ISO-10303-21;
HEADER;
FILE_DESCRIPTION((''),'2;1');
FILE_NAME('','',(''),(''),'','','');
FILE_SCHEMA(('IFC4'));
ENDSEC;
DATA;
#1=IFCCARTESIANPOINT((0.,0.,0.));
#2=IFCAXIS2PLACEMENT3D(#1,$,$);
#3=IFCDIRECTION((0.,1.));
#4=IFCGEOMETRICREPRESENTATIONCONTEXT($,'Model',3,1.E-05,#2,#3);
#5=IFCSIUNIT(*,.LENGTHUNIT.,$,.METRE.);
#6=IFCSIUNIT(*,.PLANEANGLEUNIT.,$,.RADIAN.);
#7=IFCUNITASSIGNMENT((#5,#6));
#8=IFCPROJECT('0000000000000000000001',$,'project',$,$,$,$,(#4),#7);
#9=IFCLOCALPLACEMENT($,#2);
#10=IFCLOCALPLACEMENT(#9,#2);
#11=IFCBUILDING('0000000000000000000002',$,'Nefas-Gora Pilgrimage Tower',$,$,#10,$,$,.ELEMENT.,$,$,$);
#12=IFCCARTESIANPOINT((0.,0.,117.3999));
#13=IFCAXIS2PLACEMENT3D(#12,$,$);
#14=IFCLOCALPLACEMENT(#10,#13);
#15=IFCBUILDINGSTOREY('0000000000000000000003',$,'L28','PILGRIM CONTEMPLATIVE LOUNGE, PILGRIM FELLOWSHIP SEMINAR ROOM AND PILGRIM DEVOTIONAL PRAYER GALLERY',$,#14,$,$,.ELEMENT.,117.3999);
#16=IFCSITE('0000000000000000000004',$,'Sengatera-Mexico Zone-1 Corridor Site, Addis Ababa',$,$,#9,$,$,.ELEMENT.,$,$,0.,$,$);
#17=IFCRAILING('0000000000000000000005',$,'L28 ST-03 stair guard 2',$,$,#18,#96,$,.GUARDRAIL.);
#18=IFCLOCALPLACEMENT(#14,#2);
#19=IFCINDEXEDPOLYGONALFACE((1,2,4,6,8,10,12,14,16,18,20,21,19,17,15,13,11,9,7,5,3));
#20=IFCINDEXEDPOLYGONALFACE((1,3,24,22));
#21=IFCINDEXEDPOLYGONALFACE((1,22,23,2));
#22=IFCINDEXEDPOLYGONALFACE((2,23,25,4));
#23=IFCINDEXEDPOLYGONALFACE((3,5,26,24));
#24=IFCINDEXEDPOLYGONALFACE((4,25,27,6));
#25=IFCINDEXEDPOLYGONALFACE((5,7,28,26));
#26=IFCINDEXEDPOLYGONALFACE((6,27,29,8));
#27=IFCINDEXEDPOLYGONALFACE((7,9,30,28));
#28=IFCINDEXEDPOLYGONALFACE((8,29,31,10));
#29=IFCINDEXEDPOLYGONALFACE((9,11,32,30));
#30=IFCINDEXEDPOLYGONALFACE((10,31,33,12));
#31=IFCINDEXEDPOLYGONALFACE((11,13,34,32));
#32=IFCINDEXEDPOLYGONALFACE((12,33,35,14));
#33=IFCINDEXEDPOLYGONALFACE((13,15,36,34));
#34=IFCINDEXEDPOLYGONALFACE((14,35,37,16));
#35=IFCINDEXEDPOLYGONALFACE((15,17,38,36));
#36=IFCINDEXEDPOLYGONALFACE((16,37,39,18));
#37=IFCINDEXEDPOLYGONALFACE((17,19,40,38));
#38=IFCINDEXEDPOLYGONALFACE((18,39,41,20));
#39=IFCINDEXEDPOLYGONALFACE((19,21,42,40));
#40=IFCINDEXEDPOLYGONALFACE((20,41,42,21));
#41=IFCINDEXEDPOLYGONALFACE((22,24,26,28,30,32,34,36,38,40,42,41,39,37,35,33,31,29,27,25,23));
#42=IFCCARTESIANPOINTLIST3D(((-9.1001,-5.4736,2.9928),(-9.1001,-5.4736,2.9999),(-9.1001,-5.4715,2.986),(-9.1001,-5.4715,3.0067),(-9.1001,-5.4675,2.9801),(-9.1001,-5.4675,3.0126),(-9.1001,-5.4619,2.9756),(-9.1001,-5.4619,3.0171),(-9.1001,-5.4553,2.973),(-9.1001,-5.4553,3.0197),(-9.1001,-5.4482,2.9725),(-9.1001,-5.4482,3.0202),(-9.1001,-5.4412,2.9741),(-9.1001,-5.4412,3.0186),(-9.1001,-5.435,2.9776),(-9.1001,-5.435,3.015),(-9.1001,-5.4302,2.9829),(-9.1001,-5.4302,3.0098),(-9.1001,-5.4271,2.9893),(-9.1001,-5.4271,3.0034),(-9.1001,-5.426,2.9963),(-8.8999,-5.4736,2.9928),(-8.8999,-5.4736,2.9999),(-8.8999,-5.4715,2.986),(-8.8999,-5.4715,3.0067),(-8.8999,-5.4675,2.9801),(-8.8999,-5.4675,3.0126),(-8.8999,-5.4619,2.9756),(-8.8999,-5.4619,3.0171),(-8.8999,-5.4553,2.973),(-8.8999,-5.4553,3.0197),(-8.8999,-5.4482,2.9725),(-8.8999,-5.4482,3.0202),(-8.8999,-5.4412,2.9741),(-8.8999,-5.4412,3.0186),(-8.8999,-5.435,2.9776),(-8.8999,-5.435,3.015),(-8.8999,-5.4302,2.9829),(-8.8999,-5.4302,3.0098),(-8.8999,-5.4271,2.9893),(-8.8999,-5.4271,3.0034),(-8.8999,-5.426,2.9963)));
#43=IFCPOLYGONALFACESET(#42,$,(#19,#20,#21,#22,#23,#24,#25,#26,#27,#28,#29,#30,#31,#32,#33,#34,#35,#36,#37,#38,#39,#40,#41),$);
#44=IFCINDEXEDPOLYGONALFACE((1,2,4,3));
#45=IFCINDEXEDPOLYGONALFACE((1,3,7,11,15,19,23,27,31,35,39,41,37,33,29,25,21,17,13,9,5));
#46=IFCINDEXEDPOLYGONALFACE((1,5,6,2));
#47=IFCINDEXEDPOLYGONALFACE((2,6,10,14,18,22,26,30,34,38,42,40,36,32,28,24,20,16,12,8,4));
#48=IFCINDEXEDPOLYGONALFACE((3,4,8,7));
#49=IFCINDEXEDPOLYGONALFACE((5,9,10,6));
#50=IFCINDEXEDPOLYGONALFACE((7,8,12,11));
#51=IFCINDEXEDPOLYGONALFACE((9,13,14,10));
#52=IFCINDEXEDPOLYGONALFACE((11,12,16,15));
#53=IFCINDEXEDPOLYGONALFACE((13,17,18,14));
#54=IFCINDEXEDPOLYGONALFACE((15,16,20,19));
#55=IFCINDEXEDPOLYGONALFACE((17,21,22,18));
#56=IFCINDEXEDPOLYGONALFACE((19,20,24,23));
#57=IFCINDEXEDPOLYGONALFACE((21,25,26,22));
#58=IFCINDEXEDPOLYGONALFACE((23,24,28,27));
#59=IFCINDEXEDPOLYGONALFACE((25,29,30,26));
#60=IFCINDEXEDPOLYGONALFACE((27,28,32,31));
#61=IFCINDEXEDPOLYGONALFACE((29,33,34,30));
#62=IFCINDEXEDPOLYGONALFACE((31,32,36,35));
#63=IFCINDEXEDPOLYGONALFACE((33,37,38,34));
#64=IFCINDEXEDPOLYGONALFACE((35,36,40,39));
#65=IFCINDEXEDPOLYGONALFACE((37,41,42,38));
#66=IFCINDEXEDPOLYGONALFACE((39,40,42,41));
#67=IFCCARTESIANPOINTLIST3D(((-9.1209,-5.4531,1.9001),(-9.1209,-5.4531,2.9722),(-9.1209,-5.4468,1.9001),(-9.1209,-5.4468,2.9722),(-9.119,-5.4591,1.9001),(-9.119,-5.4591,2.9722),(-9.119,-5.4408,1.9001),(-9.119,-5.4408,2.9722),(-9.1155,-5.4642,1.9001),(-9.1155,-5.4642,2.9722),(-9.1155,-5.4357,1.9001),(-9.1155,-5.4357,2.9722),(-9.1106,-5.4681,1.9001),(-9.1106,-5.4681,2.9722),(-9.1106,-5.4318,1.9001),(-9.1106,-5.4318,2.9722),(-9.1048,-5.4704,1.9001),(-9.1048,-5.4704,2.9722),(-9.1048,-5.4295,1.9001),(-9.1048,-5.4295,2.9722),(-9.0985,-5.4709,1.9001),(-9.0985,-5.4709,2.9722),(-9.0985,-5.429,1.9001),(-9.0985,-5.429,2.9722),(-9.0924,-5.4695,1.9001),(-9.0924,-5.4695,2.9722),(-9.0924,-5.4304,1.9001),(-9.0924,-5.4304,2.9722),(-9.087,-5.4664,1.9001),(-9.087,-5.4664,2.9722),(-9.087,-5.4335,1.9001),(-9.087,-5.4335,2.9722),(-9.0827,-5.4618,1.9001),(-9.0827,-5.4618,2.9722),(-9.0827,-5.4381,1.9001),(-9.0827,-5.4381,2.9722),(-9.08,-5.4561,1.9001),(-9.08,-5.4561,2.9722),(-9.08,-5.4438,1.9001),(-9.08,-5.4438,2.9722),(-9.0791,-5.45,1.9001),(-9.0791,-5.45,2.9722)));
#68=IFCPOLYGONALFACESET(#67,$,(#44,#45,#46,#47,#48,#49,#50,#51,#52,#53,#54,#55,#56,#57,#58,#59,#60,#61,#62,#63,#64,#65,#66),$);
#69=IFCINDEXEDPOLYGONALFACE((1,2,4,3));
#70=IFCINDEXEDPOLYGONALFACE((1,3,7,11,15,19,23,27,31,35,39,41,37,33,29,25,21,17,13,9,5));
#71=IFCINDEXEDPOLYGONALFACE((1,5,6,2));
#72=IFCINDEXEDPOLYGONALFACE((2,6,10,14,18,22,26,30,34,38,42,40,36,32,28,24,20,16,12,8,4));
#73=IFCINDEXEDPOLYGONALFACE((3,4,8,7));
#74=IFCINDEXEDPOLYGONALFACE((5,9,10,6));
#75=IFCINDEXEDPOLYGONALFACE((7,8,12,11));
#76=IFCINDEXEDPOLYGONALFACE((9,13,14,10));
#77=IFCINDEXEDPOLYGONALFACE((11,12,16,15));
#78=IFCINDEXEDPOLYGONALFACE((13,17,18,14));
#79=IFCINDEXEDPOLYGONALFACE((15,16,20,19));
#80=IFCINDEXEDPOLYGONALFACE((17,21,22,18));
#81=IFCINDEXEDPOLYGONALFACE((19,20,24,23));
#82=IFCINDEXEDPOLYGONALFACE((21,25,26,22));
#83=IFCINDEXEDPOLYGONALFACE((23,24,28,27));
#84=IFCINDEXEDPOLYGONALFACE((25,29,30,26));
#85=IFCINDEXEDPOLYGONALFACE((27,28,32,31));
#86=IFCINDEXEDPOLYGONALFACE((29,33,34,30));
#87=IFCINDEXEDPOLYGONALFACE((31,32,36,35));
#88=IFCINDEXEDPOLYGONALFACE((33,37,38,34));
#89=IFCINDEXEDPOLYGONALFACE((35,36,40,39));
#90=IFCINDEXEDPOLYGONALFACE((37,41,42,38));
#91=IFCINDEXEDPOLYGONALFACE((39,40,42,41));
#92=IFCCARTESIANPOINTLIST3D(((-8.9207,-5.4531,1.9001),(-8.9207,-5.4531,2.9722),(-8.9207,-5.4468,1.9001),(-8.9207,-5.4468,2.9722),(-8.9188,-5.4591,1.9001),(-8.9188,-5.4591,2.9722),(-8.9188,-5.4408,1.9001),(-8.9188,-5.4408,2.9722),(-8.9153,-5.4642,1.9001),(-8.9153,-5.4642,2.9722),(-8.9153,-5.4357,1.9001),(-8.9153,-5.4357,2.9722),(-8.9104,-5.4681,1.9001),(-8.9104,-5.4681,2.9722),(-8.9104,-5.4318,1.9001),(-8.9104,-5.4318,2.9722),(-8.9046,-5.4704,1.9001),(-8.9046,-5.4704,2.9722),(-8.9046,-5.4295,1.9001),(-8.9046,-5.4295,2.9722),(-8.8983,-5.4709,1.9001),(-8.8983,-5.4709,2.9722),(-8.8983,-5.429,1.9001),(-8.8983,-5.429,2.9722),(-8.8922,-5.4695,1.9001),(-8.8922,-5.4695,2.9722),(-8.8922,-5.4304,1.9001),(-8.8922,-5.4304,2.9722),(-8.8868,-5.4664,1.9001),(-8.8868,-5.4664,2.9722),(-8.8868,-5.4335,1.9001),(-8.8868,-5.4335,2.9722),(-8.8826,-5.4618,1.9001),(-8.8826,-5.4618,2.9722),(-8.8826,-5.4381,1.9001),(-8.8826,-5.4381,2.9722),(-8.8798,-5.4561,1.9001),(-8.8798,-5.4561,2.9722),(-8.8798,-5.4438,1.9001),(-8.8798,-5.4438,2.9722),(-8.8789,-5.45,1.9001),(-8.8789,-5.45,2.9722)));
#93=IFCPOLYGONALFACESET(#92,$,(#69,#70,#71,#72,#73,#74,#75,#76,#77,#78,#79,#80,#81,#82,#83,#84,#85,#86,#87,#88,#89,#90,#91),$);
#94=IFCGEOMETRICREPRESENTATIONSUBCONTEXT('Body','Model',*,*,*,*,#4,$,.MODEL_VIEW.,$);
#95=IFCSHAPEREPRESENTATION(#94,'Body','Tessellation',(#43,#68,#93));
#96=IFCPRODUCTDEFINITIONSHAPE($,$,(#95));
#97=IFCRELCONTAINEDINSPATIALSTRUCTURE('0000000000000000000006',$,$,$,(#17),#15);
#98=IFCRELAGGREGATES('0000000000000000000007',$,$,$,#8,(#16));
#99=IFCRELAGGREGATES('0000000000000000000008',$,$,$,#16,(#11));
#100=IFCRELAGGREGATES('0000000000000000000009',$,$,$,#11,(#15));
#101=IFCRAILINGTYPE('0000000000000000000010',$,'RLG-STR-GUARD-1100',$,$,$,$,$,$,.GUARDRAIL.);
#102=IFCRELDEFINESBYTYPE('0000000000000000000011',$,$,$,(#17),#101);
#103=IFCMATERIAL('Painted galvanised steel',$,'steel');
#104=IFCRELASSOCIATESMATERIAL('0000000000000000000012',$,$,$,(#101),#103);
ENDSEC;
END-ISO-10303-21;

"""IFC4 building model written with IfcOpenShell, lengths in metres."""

from ifc_helpers import new_model, si_unit, direction, frame, origin, origin_2d, place, context, subcontext, project, spatial, circle, extrude, material, type_object, element, save


model = new_model("IFC4")

# Units and contexts
model_context = context("Model", 3, precision=1e-05, world=origin(), true_north=direction((0.0, 1.0)))
body_context = subcontext(model_context, "Body", "Model", "MODEL_VIEW")
ifc_project = project(units=[si_unit("LENGTHUNIT", "METRE"), si_unit("PLANEANGLEUNIT", "RADIAN")], contexts=[model_context])

# Site, building, storey
site_placement = place(None, origin())
site = spatial("IfcSite", under=ifc_project, at=site_placement, Name="Sengatera-Mexico Zone-1 Corridor Site, Addis Ababa", CompositionType="ELEMENT", RefElevation=0.0)
building_placement = place(site_placement, origin())
building = spatial("IfcBuilding", under=site, at=building_placement, Name="Nefas-Gora Pilgrimage Tower", CompositionType="ELEMENT")
storey_placement = place(building_placement, frame((0.0, 0.0, 117.3999)))
storey = spatial("IfcBuildingStorey", under=building, at=storey_placement, Name="L28", Description="PILGRIM CONTEMPLATIVE LOUNGE, PILGRIM FELLOWSHIP SEMINAR ROOM AND PILGRIM DEVOTIONAL PRAYER GALLERY", CompositionType="ELEMENT", Elevation=117.3999)

# Railing
ifc_material_1 = material(Name="Painted galvanised steel", Category="steel")
railing_type_1 = type_object("IfcRailingType", Name="RLG-STR-GUARD-1100", PredefinedType="GUARDRAIL", material=ifc_material_1)
railing_1_placement = place(storey_placement, frame((-9.1001, -5.45, 1.9001)))
element("IfcRailing", 1, at=railing_1_placement, inside=storey, type_object=railing_type_1, Name="L28 ST-03 stair guard 2", PredefinedType="GUARDRAIL", context=body_context, shape_type="SweptSolid", body=[
    extrude(circle(Radius=0.0239, at=origin_2d()), frame((0.0, 0.0, 1.0962), z_axis=(1.0, 0.0, 0.0), x_axis=(0.0, 1.0, 0.0)), (0.0, 0.0, 1.0), 0.2002),
    extrude(circle(Radius=0.021, at=origin_2d()), origin(), (0.0, 0.0, 1.0), 1.072),
    extrude(circle(Radius=0.021, at=origin_2d()), frame((0.2002, 0.0, 0.0)), (0.0, 0.0, 1.0), 1.072),
])

save(model, "model.ifc")
